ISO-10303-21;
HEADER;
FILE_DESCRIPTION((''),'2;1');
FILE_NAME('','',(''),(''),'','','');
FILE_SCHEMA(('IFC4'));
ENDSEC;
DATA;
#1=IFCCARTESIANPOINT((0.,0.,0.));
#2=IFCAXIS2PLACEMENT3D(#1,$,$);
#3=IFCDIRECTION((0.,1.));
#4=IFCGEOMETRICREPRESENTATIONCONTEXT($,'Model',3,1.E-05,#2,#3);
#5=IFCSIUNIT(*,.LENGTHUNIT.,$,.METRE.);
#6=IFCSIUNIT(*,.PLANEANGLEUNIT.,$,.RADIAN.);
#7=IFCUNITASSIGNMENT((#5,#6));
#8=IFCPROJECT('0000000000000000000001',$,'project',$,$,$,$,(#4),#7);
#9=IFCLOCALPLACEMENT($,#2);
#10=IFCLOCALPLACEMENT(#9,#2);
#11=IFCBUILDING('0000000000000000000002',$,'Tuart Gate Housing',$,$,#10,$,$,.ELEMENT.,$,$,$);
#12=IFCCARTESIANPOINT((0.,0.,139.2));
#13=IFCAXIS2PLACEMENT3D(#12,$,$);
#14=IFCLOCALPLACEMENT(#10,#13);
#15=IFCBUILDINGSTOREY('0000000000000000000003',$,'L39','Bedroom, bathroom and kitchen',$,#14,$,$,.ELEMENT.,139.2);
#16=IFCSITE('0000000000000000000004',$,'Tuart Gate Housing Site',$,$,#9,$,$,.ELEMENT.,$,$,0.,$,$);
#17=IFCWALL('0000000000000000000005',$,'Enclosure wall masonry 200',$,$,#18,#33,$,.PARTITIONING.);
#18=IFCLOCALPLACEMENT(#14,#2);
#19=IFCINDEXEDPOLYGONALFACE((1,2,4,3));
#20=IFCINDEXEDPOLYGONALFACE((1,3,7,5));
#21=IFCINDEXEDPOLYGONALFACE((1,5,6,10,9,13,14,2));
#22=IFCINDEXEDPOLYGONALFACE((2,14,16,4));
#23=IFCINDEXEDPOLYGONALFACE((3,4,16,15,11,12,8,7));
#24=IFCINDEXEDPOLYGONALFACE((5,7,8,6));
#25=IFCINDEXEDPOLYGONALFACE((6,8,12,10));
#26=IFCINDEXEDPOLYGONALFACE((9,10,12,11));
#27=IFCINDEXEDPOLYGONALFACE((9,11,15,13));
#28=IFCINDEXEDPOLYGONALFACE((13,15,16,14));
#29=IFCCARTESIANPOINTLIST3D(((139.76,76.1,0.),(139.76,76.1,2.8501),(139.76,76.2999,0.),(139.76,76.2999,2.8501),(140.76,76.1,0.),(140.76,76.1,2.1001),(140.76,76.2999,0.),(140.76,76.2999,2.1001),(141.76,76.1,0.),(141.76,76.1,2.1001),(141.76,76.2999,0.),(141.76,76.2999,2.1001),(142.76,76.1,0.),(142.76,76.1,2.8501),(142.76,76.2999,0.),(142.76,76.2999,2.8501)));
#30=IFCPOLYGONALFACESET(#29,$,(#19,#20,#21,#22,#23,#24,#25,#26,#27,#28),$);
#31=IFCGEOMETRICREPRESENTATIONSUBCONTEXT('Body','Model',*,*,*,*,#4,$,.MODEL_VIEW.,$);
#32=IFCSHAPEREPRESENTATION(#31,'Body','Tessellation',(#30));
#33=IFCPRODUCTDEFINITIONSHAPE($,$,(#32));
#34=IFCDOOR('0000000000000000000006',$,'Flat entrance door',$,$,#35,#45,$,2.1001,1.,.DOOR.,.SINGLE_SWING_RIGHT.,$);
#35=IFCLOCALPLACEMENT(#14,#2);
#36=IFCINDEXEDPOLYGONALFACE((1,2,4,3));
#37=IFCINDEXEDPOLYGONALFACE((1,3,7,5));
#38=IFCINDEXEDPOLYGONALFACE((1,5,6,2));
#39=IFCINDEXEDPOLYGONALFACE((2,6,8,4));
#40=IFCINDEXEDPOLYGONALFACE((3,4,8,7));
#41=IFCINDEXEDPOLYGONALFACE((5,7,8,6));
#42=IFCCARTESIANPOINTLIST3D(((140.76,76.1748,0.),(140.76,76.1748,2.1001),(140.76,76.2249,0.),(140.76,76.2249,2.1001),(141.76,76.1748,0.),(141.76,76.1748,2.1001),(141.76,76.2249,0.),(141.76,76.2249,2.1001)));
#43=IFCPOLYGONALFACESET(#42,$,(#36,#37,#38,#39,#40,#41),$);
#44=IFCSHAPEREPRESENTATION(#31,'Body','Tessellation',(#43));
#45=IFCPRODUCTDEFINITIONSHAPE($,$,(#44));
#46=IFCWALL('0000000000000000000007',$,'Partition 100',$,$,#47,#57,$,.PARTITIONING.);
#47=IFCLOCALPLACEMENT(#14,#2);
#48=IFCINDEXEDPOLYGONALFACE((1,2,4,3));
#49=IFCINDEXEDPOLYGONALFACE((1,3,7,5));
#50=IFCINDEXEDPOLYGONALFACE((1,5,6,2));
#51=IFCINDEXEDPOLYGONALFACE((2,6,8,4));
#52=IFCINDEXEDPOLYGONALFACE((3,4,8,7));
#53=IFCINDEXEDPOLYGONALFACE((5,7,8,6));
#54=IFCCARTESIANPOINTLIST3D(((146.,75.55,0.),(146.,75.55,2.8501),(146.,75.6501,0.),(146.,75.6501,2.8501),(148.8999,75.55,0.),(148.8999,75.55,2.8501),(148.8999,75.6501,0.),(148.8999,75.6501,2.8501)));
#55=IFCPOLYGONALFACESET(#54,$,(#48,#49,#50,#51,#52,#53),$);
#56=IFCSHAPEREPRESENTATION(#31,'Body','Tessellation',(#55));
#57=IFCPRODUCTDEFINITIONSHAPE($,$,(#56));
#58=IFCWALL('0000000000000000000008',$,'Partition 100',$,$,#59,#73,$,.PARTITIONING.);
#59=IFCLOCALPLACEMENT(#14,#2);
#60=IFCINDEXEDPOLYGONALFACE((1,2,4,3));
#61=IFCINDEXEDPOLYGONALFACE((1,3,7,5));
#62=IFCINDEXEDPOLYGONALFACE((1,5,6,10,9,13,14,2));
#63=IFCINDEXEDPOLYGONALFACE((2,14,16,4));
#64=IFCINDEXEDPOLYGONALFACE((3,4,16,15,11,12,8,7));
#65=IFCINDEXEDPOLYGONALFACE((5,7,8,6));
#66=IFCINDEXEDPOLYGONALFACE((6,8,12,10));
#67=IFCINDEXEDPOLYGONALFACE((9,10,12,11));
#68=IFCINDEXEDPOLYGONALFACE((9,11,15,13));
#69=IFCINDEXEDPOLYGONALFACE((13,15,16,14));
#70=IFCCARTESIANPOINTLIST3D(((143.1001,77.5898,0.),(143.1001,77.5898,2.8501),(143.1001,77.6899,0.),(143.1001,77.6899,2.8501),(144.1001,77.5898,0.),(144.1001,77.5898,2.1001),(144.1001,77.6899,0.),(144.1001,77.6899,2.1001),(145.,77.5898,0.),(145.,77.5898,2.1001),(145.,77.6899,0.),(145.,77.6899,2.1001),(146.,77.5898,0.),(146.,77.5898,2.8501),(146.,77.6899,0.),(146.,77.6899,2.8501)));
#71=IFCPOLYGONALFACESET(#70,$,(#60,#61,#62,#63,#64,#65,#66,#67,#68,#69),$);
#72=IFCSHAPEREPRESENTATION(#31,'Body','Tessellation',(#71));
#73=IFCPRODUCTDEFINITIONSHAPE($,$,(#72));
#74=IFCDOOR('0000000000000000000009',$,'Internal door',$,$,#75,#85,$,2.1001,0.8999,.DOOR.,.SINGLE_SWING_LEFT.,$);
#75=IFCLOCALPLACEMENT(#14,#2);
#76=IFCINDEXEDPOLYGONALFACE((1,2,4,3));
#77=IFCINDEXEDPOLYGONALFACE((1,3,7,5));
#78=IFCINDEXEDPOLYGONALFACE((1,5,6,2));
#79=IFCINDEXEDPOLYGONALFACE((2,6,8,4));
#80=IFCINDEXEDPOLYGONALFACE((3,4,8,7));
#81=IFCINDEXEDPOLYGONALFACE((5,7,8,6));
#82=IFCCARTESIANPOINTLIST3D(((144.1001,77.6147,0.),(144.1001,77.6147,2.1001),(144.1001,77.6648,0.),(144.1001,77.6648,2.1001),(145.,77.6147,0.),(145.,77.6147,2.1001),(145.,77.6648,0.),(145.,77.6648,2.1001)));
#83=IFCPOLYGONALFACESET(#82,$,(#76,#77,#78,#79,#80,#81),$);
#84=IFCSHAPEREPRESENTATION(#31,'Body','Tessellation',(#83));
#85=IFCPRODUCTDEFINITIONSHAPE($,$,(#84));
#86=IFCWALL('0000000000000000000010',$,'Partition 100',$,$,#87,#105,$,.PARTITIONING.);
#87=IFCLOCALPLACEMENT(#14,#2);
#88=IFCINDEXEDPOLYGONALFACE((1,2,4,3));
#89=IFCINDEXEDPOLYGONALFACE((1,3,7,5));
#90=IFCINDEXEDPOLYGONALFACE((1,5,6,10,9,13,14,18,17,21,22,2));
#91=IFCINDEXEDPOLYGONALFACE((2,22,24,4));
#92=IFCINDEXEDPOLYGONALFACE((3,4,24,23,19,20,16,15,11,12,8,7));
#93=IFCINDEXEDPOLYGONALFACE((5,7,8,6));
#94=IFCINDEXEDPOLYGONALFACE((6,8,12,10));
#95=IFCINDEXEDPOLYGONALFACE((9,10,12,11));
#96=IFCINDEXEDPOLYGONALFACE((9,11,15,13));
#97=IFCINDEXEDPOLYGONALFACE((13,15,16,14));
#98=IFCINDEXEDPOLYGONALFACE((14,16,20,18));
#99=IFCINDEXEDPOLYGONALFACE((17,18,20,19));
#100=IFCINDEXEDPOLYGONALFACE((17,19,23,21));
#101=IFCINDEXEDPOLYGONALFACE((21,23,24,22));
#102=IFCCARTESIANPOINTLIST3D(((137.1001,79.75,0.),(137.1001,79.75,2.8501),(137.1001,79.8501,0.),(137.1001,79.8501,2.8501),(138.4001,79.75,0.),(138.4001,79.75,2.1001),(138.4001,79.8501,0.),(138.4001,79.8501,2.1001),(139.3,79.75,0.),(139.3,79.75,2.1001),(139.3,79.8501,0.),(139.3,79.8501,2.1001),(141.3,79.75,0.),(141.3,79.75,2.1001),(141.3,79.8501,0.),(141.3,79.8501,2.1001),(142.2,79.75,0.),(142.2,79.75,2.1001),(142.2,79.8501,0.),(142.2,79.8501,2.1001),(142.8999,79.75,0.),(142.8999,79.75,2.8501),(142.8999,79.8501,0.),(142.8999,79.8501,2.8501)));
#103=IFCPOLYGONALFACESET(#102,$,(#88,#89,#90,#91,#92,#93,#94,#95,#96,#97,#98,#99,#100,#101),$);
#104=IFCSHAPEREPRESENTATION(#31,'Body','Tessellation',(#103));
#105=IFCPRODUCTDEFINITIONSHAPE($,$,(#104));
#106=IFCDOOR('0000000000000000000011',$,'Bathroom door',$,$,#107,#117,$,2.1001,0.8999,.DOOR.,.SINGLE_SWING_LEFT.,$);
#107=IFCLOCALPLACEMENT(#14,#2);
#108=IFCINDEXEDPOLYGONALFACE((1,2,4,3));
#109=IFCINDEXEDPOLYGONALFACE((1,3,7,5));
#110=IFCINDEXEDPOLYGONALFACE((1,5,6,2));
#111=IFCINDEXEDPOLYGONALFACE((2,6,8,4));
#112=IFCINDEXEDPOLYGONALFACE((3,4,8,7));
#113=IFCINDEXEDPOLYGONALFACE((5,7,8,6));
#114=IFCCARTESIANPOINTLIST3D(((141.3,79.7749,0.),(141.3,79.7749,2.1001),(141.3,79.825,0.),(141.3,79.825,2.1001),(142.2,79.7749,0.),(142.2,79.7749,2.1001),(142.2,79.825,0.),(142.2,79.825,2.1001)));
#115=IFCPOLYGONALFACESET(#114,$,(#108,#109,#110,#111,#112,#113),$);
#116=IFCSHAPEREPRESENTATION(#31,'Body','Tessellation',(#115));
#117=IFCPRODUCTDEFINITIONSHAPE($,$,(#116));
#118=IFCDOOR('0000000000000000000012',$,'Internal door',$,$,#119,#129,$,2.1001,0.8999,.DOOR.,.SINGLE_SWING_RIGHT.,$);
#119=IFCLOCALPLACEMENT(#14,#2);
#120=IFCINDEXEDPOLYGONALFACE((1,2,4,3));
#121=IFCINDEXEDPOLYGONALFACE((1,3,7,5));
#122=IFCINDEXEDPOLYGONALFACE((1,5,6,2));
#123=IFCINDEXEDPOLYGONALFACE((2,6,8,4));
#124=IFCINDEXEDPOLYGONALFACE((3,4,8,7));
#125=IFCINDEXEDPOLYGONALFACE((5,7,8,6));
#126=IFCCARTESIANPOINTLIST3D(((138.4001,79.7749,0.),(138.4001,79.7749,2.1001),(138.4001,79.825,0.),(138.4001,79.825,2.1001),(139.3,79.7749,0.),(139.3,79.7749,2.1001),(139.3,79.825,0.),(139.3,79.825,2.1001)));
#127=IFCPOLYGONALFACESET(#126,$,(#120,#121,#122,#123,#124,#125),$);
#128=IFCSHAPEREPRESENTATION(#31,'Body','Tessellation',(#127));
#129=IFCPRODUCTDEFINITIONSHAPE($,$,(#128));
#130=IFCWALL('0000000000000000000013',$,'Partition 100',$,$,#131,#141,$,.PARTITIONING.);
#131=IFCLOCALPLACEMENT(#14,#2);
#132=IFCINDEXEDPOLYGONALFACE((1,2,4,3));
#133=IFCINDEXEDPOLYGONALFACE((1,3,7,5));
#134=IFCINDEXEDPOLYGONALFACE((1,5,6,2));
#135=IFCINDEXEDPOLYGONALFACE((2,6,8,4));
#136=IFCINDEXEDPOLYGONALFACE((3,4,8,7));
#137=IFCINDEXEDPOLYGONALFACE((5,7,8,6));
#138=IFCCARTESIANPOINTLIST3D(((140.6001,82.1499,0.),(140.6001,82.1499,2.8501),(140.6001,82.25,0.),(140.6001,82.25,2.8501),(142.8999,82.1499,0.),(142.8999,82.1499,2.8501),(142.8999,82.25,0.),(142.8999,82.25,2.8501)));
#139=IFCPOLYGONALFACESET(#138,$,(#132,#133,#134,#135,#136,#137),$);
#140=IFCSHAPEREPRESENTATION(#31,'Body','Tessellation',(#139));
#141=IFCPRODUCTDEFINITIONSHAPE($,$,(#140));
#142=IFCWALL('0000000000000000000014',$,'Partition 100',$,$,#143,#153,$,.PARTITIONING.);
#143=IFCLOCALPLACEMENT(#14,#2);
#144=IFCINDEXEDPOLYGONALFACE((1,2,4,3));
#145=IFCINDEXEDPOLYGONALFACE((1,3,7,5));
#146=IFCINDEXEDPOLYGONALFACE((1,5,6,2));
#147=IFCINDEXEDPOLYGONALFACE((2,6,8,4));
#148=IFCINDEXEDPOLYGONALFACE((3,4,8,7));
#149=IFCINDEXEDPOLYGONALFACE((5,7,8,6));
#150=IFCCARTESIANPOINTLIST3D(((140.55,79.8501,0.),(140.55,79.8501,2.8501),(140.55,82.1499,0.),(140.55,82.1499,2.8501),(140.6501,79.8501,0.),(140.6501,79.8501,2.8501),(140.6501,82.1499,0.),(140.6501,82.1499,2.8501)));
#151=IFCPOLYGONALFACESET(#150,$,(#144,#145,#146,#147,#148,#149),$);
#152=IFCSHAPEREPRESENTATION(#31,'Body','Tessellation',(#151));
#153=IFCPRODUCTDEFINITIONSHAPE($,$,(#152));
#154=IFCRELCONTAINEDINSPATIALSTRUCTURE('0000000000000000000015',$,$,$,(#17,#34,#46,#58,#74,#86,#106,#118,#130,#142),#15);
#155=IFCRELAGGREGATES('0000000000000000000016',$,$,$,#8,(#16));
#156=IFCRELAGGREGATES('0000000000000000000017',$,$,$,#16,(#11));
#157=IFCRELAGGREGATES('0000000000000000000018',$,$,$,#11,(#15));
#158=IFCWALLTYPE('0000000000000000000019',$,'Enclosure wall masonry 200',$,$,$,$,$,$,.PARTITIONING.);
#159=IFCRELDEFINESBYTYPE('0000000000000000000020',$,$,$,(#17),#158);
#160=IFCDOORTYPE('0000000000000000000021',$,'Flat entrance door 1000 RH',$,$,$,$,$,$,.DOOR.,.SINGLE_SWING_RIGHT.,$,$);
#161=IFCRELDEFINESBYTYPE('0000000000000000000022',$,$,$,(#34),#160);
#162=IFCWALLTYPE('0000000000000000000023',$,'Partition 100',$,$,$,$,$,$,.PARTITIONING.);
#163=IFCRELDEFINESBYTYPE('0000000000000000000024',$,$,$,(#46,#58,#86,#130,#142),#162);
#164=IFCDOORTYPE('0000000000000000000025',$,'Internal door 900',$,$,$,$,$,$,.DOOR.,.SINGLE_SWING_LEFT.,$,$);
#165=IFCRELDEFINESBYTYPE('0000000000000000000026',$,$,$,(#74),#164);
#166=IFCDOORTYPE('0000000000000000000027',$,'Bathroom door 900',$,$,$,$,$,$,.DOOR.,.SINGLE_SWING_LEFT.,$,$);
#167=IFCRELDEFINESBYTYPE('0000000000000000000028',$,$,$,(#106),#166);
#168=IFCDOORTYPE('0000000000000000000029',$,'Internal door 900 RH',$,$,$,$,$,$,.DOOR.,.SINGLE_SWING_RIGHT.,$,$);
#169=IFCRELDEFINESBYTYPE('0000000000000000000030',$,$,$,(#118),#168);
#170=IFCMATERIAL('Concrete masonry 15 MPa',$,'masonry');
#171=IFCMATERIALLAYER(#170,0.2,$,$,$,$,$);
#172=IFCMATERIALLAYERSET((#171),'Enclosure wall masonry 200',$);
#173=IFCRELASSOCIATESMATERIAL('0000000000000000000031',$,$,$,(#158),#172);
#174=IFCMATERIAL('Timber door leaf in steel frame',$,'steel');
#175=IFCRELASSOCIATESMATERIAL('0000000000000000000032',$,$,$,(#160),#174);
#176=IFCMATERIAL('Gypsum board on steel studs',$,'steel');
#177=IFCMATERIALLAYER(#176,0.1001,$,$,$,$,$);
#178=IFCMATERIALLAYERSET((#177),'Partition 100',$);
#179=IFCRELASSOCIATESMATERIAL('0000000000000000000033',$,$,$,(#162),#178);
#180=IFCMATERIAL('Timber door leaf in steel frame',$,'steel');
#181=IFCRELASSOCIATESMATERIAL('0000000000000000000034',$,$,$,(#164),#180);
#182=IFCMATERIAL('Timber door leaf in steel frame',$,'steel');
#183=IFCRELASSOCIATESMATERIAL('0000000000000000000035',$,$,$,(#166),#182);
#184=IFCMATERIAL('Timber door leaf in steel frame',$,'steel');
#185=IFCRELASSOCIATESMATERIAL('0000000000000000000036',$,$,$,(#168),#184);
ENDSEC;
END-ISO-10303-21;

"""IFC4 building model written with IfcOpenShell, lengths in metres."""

from ifc_helpers import new_model, si_unit, direction, frame, frame_2d, origin, place, context, subcontext, project, spatial, rectangle, extrude, material, layer, layer_set, type_object, element, fill, save


model = new_model("IFC4")

# Units and contexts
model_context = context("Model", 3, precision=1e-05, world=origin(), true_north=direction((0.0, 1.0)))
body_context = subcontext(model_context, "Body", "Model", "MODEL_VIEW")
ifc_project = project(units=[si_unit("LENGTHUNIT", "METRE"), si_unit("PLANEANGLEUNIT", "RADIAN")], contexts=[model_context])

# Site, building, storey
site_placement = place(None, origin())
site = spatial("IfcSite", under=ifc_project, at=site_placement, Name="Tuart Gate Housing Site", CompositionType="ELEMENT", RefElevation=0.0)
building_placement = place(site_placement, origin())
building = spatial("IfcBuilding", under=site, at=building_placement, Name="Tuart Gate Housing", CompositionType="ELEMENT")
storey_placement = place(building_placement, frame((0.0, 0.0, 139.2)))
storey = spatial("IfcBuildingStorey", under=building, at=storey_placement, Name="L39", Description="Bedroom, bathroom and kitchen", CompositionType="ELEMENT", Elevation=139.2)

# Wall, opening, door
ifc_material_1 = material(Name="Concrete masonry 15 MPa", Category="masonry")
ifc_layer_1 = layer(ifc_material_1, 0.2)
ifc_layer_set_1 = layer_set([ifc_layer_1], Name="Enclosure wall masonry 200")
wall_type_1 = type_object("IfcWallType", Name="Enclosure wall masonry 200", PredefinedType="PARTITIONING", material=ifc_layer_set_1)
wall_1_placement = place(storey_placement, frame((139.76, 76.2, 0.0), z_axis=(0.0, 0.0, 1.0), x_axis=(1.0, 0.0, 0.0)))
wall_1 = element("IfcWall", 1, at=wall_1_placement, inside=storey, type_object=wall_type_1, Name="Enclosure wall masonry 200", PredefinedType="PARTITIONING", context=body_context, shape_type="SweptSolid", body=[
    extrude(rectangle(XDim=3.0, YDim=0.2, at=frame_2d((1.5, 0.0))), origin(), (0.0, 0.0, 1.0), 2.8501),
])
opening_1_placement = place(wall_1_placement, frame((1.0, 0.0, 0.0)))
opening_1 = element("IfcOpeningElement", 2, at=opening_1_placement, cuts=wall_1, PredefinedType="OPENING", context=body_context, shape_type="SweptSolid", body=[
    extrude(rectangle(XDim=1.0, YDim=2.1001, at=frame_2d((0.5, 1.05))), frame((0.0, 0.1099, 0.0), z_axis=(0.0, -1.0, 0.0), x_axis=(1.0, 0.0, 0.0)), (0.0, 0.0, 1.0), 0.22),
])
ifc_material_2 = material(Name="Timber door leaf in steel frame", Category="steel")
door_type_1 = type_object("IfcDoorType", Name="Flat entrance door 1000 RH", OperationType="SINGLE_SWING_RIGHT", PredefinedType="DOOR", material=ifc_material_2)
door_1_placement = place(opening_1_placement, origin())
door_1 = element("IfcDoor", 3, at=door_1_placement, inside=storey, type_object=door_type_1, Name="Flat entrance door", OperationType="SINGLE_SWING_RIGHT", OverallHeight=2.1001, OverallWidth=1.0, PredefinedType="DOOR", context=body_context, shape_type="SweptSolid", body=[
    extrude(rectangle(XDim=1.0, YDim=2.1001, at=frame_2d((0.5, 1.05))), frame((0.0, 0.0249, 0.0), z_axis=(0.0, -1.0, 0.0), x_axis=(1.0, 0.0, 0.0)), (0.0, 0.0, 1.0), 0.05),
])
fill(opening_1, door_1)

# Wall
ifc_material_3 = material(Name="Gypsum board on steel studs", Category="steel")
ifc_layer_2 = layer(ifc_material_3, 0.1001)
ifc_layer_set_2 = layer_set([ifc_layer_2], Name="Partition 100")
wall_type_2 = type_object("IfcWallType", Name="Partition 100", PredefinedType="PARTITIONING", material=ifc_layer_set_2)
wall_2_placement = place(storey_placement, frame((146.0, 75.6001, 0.0), z_axis=(0.0, 0.0, 1.0), x_axis=(1.0, 0.0, 0.0)))
element("IfcWall", 4, at=wall_2_placement, inside=storey, type_object=wall_type_2, Name="Partition 100", PredefinedType="PARTITIONING", context=body_context, shape_type="SweptSolid", body=[
    extrude(rectangle(XDim=2.8999, YDim=0.1001, at=frame_2d((1.45, 0.0))), origin(), (0.0, 0.0, 1.0), 2.8501),
])

# Wall, opening, door
wall_3_placement = place(storey_placement, frame((143.1001, 77.6399, 0.0), z_axis=(0.0, 0.0, 1.0), x_axis=(1.0, 0.0, 0.0)))
wall_3 = element("IfcWall", 5, at=wall_3_placement, inside=storey, type_object=wall_type_2, Name="Partition 100", PredefinedType="PARTITIONING", context=body_context, shape_type="SweptSolid", body=[
    extrude(rectangle(XDim=2.8999, YDim=0.1001, at=frame_2d((1.45, 0.0))), origin(), (0.0, 0.0, 1.0), 2.8501),
])
opening_2_placement = place(wall_3_placement, frame((1.0, 0.0, 0.0)))
opening_2 = element("IfcOpeningElement", 6, at=opening_2_placement, cuts=wall_3, PredefinedType="OPENING", context=body_context, shape_type="SweptSolid", body=[
    extrude(rectangle(XDim=0.8999, YDim=2.1001, at=frame_2d((0.45, 1.05))), frame((0.0, 0.0601, 0.0), z_axis=(0.0, -1.0, 0.0), x_axis=(1.0, 0.0, 0.0)), (0.0, 0.0, 1.0), 0.1201),
])
ifc_material_4 = material(Name="Timber door leaf in steel frame", Category="steel")
door_type_2 = type_object("IfcDoorType", Name="Internal door 900", OperationType="SINGLE_SWING_LEFT", PredefinedType="DOOR", material=ifc_material_4)
door_2_placement = place(opening_2_placement, frame((0.8999, 0.0, 0.0), z_axis=(0.0, 0.0, 1.0), x_axis=(-1.0, 0.0, 0.0)))
door_2 = element("IfcDoor", 7, at=door_2_placement, inside=storey, type_object=door_type_2, Name="Internal door", OperationType="SINGLE_SWING_LEFT", OverallHeight=2.1001, OverallWidth=0.8999, PredefinedType="DOOR", context=body_context, shape_type="SweptSolid", body=[
    extrude(rectangle(XDim=0.8999, YDim=2.1001, at=frame_2d((0.45, 1.05))), frame((0.0, 0.0251, 0.0), z_axis=(0.0, -1.0, 0.0), x_axis=(1.0, 0.0, 0.0)), (0.0, 0.0, 1.0), 0.05),
])
fill(opening_2, door_2)

# Wall, openings, doors
wall_4_placement = place(storey_placement, frame((137.1001, 79.8, 0.0), z_axis=(0.0, 0.0, 1.0), x_axis=(1.0, 0.0, 0.0)))
wall_4 = element("IfcWall", 8, at=wall_4_placement, inside=storey, type_object=wall_type_2, Name="Partition 100", PredefinedType="PARTITIONING", context=body_context, shape_type="SweptSolid", body=[
    extrude(rectangle(XDim=5.7998, YDim=0.1001, at=frame_2d((2.8999, 0.0))), origin(), (0.0, 0.0, 1.0), 2.8501),
])
opening_3_placement = place(wall_4_placement, frame((1.3, 0.0, 0.0)))
opening_3 = element("IfcOpeningElement", 9, at=opening_3_placement, cuts=wall_4, PredefinedType="OPENING", context=body_context, shape_type="SweptSolid", body=[
    extrude(rectangle(XDim=0.8999, YDim=2.1001, at=frame_2d((0.45, 1.05))), frame((0.0, 0.0601, 0.0), z_axis=(0.0, -1.0, 0.0), x_axis=(1.0, 0.0, 0.0)), (0.0, 0.0, 1.0), 0.1201),
])
opening_4_placement = place(wall_4_placement, frame((4.2, 0.0, 0.0)))
opening_4 = element("IfcOpeningElement", 10, at=opening_4_placement, cuts=wall_4, PredefinedType="OPENING", context=body_context, shape_type="SweptSolid", body=[
    extrude(rectangle(XDim=0.8999, YDim=2.1001, at=frame_2d((0.45, 1.05))), frame((0.0, 0.0601, 0.0), z_axis=(0.0, -1.0, 0.0), x_axis=(1.0, 0.0, 0.0)), (0.0, 0.0, 1.0), 0.1201),
])
ifc_material_5 = material(Name="Timber door leaf in steel frame", Category="steel")
door_type_3 = type_object("IfcDoorType", Name="Bathroom door 900", OperationType="SINGLE_SWING_LEFT", PredefinedType="DOOR", material=ifc_material_5)
door_3_placement = place(opening_4_placement, origin())
door_3 = element("IfcDoor", 11, at=door_3_placement, inside=storey, type_object=door_type_3, Name="Bathroom door", OperationType="SINGLE_SWING_LEFT", OverallHeight=2.1001, OverallWidth=0.8999, PredefinedType="DOOR", context=body_context, shape_type="SweptSolid", body=[
    extrude(rectangle(XDim=0.8999, YDim=2.1001, at=frame_2d((0.45, 1.05))), frame((0.0, 0.0249, 0.0), z_axis=(0.0, -1.0, 0.0), x_axis=(1.0, 0.0, 0.0)), (0.0, 0.0, 1.0), 0.05),
])
fill(opening_4, door_3)
ifc_material_6 = material(Name="Timber door leaf in steel frame", Category="steel")
door_type_4 = type_object("IfcDoorType", Name="Internal door 900 RH", OperationType="SINGLE_SWING_RIGHT", PredefinedType="DOOR", material=ifc_material_6)
door_4_placement = place(opening_3_placement, origin())
door_4 = element("IfcDoor", 12, at=door_4_placement, inside=storey, type_object=door_type_4, Name="Internal door", OperationType="SINGLE_SWING_RIGHT", OverallHeight=2.1001, OverallWidth=0.8999, PredefinedType="DOOR", context=body_context, shape_type="SweptSolid", body=[
    extrude(rectangle(XDim=0.8999, YDim=2.1001, at=frame_2d((0.45, 1.05))), frame((0.0, 0.0249, 0.0), z_axis=(0.0, -1.0, 0.0), x_axis=(1.0, 0.0, 0.0)), (0.0, 0.0, 1.0), 0.05),
])
fill(opening_3, door_4)

# Walls
for number, where, z_axis, x_axis, name in (
    (13, (140.6001, 82.2, 0.0), (0.0, 0.0, 1.0), (1.0, 0.0, 0.0), "Partition 100"),
    (14, (140.6001, 79.8501, 0.0), (0.0, 0.0, 1.0), (0.0, 1.0, 0.0), "Partition 100"),
):
    element("IfcWall", number, at=place(storey_placement, frame(where, z_axis=z_axis, x_axis=x_axis)), inside=storey, type_object=wall_type_2, Name=name, PredefinedType="PARTITIONING", context=body_context, shape_type="SweptSolid", body=[
        extrude(rectangle(XDim=2.2998, YDim=0.1001, at=frame_2d((1.1499, 0.0))), origin(), (0.0, 0.0, 1.0), 2.8501),
    ])

save(model, "model.ifc")
